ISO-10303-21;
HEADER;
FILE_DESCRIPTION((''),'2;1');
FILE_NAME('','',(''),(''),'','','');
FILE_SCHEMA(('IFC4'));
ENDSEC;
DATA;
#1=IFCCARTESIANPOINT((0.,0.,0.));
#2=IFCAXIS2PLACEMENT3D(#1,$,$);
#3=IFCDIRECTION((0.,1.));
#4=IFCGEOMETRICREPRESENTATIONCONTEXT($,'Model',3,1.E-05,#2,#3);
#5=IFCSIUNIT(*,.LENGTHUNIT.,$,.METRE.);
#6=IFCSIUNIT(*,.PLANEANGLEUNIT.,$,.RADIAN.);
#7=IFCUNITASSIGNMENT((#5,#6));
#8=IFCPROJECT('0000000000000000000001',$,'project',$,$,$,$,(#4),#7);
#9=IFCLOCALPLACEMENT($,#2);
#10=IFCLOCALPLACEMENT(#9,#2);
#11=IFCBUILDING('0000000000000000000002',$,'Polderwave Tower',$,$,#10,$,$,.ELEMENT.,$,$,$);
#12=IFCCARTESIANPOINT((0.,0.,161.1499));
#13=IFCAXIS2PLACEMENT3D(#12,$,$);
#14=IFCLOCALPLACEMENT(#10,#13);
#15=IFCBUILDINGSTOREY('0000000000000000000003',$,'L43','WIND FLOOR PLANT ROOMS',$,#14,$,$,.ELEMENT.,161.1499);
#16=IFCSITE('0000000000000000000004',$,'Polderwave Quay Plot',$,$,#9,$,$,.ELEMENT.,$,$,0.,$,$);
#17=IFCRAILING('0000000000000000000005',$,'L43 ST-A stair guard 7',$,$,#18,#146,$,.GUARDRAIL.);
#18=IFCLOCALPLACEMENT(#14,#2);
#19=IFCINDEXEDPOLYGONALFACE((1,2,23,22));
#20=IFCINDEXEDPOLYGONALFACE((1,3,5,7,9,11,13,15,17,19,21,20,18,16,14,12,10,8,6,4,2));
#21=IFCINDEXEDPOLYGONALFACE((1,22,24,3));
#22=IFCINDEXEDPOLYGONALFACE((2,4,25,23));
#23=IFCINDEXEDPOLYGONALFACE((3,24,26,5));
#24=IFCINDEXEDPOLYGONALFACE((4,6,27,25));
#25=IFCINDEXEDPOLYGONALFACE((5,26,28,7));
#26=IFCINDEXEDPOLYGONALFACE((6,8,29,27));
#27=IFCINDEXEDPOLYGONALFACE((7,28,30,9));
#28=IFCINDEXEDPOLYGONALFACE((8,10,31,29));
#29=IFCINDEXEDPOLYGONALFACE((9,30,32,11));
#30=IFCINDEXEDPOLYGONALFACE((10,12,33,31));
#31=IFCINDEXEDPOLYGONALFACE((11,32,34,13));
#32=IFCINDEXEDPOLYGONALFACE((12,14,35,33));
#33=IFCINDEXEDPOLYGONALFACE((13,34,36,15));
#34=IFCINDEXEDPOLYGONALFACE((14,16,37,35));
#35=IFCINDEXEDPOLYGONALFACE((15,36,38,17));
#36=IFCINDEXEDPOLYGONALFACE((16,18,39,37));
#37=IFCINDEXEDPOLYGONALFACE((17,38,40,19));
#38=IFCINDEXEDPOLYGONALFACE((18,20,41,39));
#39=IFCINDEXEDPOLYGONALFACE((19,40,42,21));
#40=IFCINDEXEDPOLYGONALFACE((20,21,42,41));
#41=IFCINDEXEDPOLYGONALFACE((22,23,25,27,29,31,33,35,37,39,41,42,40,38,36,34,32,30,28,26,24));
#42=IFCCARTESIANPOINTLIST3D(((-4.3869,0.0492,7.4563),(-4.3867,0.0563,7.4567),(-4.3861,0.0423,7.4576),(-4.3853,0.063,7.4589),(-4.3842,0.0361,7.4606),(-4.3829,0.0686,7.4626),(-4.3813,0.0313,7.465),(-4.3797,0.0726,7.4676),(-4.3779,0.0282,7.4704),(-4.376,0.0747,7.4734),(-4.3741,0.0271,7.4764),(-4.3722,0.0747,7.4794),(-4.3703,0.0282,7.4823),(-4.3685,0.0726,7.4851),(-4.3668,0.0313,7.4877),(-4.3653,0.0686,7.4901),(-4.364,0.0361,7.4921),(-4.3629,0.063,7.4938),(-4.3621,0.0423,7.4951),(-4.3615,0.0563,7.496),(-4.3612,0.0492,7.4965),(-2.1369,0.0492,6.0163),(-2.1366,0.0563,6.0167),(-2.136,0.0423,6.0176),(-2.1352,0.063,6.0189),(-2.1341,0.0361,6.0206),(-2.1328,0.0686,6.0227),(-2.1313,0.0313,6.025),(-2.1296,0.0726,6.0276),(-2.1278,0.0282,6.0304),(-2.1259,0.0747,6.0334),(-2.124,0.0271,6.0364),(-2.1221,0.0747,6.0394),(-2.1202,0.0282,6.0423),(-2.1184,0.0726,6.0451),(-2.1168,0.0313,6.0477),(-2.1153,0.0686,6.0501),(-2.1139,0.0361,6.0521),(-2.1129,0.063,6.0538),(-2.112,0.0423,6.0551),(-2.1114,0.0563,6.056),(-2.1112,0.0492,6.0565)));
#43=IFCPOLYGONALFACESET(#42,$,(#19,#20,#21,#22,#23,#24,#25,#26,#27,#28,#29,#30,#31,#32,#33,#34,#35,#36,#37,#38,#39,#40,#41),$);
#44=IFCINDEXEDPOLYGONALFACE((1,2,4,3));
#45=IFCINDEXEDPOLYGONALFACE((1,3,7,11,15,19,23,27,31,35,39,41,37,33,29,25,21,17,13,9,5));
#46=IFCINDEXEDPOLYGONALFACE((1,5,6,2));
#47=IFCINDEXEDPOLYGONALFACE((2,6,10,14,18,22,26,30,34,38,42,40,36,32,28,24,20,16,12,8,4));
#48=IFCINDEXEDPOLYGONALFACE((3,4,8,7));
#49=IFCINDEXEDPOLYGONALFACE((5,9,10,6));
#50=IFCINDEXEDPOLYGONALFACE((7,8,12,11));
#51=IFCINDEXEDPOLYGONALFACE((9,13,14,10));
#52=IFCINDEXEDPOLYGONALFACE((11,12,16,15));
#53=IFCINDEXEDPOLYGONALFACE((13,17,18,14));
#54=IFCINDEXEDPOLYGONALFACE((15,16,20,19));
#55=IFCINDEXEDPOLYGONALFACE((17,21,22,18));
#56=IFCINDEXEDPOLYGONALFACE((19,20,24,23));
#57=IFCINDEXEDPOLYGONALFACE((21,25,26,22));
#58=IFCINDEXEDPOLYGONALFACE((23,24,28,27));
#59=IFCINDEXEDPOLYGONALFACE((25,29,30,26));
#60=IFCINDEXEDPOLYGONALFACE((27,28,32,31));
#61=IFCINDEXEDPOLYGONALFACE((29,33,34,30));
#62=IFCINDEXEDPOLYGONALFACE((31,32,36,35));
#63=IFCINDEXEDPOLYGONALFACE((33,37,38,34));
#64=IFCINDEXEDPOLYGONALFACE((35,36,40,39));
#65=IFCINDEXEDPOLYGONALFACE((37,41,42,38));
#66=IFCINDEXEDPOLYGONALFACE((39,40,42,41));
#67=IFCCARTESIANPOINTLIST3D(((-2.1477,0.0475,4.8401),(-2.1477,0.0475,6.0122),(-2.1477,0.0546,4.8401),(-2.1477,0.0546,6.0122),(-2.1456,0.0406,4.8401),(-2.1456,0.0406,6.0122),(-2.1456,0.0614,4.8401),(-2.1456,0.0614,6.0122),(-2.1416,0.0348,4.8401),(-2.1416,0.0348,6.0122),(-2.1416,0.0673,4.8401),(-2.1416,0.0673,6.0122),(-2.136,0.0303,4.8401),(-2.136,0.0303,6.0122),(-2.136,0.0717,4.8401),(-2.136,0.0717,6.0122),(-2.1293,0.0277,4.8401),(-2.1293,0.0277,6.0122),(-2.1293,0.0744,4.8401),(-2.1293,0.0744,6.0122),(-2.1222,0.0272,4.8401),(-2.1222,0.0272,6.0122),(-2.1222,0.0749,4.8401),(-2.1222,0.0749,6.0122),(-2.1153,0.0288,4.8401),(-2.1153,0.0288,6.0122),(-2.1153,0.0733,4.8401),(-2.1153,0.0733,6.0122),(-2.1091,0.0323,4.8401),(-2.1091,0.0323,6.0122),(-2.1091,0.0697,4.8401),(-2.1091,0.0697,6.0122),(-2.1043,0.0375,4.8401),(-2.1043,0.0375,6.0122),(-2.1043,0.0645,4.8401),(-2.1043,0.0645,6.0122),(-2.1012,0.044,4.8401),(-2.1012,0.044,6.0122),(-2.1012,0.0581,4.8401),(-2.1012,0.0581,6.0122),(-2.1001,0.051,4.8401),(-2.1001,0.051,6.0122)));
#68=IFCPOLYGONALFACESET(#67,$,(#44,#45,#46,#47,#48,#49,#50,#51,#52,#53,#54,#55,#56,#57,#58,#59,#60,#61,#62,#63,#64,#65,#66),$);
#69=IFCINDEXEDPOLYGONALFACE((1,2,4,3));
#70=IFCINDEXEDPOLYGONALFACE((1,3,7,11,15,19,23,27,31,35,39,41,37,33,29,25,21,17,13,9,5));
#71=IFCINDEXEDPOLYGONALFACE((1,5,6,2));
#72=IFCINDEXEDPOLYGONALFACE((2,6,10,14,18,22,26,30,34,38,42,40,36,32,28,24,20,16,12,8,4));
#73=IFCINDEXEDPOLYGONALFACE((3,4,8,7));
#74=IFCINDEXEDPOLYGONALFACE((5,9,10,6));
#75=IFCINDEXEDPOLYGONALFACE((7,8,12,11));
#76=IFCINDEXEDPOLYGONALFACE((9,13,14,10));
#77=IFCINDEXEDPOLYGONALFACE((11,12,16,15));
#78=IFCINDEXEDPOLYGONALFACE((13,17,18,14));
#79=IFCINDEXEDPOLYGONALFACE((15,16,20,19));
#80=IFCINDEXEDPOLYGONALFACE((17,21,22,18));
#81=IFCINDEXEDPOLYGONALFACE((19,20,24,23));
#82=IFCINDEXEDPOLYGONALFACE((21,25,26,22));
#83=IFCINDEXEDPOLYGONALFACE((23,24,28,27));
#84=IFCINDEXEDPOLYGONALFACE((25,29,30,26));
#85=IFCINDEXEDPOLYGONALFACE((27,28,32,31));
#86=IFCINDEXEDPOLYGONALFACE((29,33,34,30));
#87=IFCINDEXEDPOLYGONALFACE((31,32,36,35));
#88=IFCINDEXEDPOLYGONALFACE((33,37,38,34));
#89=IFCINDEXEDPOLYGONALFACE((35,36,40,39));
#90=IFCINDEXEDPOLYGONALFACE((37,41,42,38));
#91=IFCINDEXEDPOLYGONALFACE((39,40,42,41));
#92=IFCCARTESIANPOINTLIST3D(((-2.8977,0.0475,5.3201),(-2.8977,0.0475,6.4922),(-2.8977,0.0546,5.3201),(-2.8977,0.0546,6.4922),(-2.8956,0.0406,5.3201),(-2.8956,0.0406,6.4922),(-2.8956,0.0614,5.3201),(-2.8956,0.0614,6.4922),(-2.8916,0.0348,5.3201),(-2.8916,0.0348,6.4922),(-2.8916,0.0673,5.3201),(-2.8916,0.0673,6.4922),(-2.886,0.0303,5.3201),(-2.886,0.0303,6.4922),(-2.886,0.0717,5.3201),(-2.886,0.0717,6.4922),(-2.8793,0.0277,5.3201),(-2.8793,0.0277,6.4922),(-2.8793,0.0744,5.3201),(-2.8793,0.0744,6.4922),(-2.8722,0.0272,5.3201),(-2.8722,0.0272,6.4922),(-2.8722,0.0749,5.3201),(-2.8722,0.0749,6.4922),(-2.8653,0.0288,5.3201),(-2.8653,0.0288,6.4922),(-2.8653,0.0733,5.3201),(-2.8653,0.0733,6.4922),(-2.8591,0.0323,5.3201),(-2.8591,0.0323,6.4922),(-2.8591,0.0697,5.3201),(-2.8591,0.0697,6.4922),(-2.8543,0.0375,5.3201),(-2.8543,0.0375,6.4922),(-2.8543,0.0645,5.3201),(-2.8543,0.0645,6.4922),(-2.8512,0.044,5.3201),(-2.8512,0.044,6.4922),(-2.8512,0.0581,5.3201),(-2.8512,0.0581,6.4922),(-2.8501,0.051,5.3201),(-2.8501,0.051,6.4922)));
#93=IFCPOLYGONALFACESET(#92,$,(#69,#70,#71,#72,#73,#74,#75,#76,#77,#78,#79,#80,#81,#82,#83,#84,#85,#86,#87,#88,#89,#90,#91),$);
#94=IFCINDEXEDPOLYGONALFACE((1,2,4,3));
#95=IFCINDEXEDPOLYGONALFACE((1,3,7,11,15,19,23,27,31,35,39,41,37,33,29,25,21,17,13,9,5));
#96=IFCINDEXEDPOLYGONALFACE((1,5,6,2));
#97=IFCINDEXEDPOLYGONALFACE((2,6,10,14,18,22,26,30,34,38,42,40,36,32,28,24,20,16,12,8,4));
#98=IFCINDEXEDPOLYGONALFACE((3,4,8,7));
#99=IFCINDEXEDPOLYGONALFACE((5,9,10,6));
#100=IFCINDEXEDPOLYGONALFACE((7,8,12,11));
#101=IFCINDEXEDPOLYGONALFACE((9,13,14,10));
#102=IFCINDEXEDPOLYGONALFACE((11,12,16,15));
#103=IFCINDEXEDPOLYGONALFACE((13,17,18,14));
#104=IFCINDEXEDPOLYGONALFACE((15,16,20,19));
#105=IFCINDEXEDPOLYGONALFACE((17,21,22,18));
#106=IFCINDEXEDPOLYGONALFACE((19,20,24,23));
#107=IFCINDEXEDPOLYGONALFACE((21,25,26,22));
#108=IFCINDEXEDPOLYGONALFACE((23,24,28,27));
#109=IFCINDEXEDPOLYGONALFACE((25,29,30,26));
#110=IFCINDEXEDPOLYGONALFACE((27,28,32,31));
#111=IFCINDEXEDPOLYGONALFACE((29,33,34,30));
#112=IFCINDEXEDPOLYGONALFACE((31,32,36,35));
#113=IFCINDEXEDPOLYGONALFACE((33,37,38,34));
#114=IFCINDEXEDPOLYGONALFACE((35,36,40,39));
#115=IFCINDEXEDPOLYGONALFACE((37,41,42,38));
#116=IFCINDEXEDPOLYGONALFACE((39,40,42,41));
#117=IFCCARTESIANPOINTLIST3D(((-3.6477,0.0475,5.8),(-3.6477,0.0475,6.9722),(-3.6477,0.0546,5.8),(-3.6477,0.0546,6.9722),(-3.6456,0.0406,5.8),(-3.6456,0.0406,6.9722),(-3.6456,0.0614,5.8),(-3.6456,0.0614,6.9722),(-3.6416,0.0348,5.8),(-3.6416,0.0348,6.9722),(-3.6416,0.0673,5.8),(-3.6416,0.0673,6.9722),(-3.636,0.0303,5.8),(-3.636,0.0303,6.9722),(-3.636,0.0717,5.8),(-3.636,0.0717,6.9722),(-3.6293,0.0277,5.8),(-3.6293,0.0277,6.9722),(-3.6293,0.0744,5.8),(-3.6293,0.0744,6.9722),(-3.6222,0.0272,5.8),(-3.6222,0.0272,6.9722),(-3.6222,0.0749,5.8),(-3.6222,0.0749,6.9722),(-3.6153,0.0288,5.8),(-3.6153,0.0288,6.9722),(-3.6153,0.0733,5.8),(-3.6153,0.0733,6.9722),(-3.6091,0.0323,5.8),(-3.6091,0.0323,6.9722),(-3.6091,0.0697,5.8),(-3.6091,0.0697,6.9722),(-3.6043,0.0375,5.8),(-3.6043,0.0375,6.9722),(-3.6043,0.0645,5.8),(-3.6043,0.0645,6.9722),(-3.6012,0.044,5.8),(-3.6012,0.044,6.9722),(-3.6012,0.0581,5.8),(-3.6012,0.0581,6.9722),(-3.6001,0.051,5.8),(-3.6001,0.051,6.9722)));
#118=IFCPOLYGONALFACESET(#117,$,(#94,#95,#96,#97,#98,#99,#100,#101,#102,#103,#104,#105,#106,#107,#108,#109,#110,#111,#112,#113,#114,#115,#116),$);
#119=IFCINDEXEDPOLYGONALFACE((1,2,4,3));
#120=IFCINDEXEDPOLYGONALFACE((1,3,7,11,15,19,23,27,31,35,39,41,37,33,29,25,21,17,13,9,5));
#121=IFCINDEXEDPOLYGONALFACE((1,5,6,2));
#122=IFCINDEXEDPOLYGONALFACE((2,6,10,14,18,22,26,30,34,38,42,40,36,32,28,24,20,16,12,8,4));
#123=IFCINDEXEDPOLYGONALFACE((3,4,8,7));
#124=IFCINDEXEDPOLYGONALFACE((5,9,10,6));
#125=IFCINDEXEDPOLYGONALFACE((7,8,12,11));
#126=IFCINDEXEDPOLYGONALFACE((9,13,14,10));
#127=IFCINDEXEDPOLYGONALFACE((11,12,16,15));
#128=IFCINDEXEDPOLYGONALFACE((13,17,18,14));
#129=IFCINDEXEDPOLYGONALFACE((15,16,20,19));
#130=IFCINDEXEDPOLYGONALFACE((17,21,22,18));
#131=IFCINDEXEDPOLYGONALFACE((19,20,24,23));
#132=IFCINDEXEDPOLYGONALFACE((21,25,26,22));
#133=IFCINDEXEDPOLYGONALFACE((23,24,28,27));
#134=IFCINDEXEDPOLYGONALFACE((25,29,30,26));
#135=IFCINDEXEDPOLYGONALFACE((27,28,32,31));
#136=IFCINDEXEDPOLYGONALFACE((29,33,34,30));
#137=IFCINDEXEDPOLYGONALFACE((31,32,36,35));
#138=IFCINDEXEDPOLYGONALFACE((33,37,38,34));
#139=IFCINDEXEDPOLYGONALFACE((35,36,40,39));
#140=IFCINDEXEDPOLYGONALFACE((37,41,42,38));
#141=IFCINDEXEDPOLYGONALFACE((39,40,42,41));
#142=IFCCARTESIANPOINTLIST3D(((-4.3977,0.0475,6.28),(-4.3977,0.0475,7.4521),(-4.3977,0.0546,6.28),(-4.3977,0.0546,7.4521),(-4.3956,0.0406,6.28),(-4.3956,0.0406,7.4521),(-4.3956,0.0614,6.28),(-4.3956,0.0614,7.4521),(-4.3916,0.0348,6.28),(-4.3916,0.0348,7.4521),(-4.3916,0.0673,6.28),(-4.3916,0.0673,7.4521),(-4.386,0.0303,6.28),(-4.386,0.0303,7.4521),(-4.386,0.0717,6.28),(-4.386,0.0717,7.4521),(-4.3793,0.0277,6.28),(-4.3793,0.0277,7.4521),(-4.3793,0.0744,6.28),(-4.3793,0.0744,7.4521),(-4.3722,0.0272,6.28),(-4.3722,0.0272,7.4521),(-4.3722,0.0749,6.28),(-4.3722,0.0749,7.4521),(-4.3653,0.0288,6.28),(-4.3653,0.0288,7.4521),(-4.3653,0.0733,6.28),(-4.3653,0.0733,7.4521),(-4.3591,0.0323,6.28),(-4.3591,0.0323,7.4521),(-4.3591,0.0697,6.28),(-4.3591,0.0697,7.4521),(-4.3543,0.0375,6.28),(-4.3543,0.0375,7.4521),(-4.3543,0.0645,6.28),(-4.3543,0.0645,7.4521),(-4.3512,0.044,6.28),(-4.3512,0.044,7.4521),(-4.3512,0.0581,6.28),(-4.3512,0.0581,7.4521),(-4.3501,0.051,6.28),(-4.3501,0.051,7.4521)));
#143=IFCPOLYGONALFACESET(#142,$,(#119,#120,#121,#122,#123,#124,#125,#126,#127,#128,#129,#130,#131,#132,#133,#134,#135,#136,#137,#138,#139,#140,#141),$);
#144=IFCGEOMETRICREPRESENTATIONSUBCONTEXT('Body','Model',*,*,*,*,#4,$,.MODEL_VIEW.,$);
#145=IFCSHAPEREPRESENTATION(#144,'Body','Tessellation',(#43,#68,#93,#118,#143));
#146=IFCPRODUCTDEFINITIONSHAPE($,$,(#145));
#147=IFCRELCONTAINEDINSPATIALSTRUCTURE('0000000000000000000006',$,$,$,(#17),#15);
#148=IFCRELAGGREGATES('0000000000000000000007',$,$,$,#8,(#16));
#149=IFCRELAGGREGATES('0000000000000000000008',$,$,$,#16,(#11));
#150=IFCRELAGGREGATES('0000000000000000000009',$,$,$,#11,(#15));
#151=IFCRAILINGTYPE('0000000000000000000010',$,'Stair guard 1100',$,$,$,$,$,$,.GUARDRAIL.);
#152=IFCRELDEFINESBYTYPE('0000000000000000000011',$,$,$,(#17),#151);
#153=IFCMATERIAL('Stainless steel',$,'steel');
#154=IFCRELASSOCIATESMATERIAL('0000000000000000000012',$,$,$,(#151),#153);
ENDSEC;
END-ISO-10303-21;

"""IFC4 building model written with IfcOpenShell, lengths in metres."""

from ifc_helpers import new_model, si_unit, direction, frame, origin, origin_2d, place, context, subcontext, project, spatial, circle, extrude, material, type_object, element, save


model = new_model("IFC4")

# Units and contexts
model_context = context("Model", 3, precision=1e-05, world=origin(), true_north=direction((0.0, 1.0)))
body_context = subcontext(model_context, "Body", "Model", "MODEL_VIEW")
ifc_project = project(units=[si_unit("LENGTHUNIT", "METRE"), si_unit("PLANEANGLEUNIT", "RADIAN")], contexts=[model_context])

# Site, building, storey
site_placement = place(None, origin())
site = spatial("IfcSite", under=ifc_project, at=site_placement, Name="Polderwave Quay Plot", CompositionType="ELEMENT", RefElevation=0.0)
building_placement = place(site_placement, origin())
building = spatial("IfcBuilding", under=site, at=building_placement, Name="Polderwave Tower", CompositionType="ELEMENT")
storey_placement = place(building_placement, frame((0.0, 0.0, 161.1499)))
storey = spatial("IfcBuildingStorey", under=building, at=storey_placement, Name="L43", Description="WIND FLOOR PLANT ROOMS", CompositionType="ELEMENT", Elevation=161.1499)

# Railing
ifc_material_1 = material(Name="Stainless steel", Category="steel")
railing_type_1 = type_object("IfcRailingType", Name="Stair guard 1100", PredefinedType="GUARDRAIL", material=ifc_material_1)
railing_1_placement = place(storey_placement, frame((-2.124, 0.051, 4.8401)))
element("IfcRailing", 1, at=railing_1_placement, inside=storey, type_object=railing_type_1, Name="L43 ST-A stair guard 7", PredefinedType="GUARDRAIL", context=body_context, shape_type="SweptSolid", body=[
    extrude(circle(Radius=0.0239, at=origin_2d()), frame((0.0, 0.0, 1.1963), z_axis=(-0.842281, 0.0, 0.539038), x_axis=(0.0, -1.0, 0.0)), (0.0, 0.0, 1.0), 2.6714),
    extrude(circle(Radius=0.0239, at=origin_2d()), origin(), (0.0, 0.0, 1.0), 1.1721),
    extrude(circle(Radius=0.0239, at=origin_2d()), frame((-0.75, 0.0, 0.48)), (0.0, 0.0, 1.0), 1.1721),
    extrude(circle(Radius=0.0239, at=origin_2d()), frame((-1.5, 0.0, 0.96)), (0.0, 0.0, 1.0), 1.1721),
    extrude(circle(Radius=0.0239, at=origin_2d()), frame((-2.25, 0.0, 1.4399)), (0.0, 0.0, 1.0), 1.1721),
])

save(model, "model.ifc")
